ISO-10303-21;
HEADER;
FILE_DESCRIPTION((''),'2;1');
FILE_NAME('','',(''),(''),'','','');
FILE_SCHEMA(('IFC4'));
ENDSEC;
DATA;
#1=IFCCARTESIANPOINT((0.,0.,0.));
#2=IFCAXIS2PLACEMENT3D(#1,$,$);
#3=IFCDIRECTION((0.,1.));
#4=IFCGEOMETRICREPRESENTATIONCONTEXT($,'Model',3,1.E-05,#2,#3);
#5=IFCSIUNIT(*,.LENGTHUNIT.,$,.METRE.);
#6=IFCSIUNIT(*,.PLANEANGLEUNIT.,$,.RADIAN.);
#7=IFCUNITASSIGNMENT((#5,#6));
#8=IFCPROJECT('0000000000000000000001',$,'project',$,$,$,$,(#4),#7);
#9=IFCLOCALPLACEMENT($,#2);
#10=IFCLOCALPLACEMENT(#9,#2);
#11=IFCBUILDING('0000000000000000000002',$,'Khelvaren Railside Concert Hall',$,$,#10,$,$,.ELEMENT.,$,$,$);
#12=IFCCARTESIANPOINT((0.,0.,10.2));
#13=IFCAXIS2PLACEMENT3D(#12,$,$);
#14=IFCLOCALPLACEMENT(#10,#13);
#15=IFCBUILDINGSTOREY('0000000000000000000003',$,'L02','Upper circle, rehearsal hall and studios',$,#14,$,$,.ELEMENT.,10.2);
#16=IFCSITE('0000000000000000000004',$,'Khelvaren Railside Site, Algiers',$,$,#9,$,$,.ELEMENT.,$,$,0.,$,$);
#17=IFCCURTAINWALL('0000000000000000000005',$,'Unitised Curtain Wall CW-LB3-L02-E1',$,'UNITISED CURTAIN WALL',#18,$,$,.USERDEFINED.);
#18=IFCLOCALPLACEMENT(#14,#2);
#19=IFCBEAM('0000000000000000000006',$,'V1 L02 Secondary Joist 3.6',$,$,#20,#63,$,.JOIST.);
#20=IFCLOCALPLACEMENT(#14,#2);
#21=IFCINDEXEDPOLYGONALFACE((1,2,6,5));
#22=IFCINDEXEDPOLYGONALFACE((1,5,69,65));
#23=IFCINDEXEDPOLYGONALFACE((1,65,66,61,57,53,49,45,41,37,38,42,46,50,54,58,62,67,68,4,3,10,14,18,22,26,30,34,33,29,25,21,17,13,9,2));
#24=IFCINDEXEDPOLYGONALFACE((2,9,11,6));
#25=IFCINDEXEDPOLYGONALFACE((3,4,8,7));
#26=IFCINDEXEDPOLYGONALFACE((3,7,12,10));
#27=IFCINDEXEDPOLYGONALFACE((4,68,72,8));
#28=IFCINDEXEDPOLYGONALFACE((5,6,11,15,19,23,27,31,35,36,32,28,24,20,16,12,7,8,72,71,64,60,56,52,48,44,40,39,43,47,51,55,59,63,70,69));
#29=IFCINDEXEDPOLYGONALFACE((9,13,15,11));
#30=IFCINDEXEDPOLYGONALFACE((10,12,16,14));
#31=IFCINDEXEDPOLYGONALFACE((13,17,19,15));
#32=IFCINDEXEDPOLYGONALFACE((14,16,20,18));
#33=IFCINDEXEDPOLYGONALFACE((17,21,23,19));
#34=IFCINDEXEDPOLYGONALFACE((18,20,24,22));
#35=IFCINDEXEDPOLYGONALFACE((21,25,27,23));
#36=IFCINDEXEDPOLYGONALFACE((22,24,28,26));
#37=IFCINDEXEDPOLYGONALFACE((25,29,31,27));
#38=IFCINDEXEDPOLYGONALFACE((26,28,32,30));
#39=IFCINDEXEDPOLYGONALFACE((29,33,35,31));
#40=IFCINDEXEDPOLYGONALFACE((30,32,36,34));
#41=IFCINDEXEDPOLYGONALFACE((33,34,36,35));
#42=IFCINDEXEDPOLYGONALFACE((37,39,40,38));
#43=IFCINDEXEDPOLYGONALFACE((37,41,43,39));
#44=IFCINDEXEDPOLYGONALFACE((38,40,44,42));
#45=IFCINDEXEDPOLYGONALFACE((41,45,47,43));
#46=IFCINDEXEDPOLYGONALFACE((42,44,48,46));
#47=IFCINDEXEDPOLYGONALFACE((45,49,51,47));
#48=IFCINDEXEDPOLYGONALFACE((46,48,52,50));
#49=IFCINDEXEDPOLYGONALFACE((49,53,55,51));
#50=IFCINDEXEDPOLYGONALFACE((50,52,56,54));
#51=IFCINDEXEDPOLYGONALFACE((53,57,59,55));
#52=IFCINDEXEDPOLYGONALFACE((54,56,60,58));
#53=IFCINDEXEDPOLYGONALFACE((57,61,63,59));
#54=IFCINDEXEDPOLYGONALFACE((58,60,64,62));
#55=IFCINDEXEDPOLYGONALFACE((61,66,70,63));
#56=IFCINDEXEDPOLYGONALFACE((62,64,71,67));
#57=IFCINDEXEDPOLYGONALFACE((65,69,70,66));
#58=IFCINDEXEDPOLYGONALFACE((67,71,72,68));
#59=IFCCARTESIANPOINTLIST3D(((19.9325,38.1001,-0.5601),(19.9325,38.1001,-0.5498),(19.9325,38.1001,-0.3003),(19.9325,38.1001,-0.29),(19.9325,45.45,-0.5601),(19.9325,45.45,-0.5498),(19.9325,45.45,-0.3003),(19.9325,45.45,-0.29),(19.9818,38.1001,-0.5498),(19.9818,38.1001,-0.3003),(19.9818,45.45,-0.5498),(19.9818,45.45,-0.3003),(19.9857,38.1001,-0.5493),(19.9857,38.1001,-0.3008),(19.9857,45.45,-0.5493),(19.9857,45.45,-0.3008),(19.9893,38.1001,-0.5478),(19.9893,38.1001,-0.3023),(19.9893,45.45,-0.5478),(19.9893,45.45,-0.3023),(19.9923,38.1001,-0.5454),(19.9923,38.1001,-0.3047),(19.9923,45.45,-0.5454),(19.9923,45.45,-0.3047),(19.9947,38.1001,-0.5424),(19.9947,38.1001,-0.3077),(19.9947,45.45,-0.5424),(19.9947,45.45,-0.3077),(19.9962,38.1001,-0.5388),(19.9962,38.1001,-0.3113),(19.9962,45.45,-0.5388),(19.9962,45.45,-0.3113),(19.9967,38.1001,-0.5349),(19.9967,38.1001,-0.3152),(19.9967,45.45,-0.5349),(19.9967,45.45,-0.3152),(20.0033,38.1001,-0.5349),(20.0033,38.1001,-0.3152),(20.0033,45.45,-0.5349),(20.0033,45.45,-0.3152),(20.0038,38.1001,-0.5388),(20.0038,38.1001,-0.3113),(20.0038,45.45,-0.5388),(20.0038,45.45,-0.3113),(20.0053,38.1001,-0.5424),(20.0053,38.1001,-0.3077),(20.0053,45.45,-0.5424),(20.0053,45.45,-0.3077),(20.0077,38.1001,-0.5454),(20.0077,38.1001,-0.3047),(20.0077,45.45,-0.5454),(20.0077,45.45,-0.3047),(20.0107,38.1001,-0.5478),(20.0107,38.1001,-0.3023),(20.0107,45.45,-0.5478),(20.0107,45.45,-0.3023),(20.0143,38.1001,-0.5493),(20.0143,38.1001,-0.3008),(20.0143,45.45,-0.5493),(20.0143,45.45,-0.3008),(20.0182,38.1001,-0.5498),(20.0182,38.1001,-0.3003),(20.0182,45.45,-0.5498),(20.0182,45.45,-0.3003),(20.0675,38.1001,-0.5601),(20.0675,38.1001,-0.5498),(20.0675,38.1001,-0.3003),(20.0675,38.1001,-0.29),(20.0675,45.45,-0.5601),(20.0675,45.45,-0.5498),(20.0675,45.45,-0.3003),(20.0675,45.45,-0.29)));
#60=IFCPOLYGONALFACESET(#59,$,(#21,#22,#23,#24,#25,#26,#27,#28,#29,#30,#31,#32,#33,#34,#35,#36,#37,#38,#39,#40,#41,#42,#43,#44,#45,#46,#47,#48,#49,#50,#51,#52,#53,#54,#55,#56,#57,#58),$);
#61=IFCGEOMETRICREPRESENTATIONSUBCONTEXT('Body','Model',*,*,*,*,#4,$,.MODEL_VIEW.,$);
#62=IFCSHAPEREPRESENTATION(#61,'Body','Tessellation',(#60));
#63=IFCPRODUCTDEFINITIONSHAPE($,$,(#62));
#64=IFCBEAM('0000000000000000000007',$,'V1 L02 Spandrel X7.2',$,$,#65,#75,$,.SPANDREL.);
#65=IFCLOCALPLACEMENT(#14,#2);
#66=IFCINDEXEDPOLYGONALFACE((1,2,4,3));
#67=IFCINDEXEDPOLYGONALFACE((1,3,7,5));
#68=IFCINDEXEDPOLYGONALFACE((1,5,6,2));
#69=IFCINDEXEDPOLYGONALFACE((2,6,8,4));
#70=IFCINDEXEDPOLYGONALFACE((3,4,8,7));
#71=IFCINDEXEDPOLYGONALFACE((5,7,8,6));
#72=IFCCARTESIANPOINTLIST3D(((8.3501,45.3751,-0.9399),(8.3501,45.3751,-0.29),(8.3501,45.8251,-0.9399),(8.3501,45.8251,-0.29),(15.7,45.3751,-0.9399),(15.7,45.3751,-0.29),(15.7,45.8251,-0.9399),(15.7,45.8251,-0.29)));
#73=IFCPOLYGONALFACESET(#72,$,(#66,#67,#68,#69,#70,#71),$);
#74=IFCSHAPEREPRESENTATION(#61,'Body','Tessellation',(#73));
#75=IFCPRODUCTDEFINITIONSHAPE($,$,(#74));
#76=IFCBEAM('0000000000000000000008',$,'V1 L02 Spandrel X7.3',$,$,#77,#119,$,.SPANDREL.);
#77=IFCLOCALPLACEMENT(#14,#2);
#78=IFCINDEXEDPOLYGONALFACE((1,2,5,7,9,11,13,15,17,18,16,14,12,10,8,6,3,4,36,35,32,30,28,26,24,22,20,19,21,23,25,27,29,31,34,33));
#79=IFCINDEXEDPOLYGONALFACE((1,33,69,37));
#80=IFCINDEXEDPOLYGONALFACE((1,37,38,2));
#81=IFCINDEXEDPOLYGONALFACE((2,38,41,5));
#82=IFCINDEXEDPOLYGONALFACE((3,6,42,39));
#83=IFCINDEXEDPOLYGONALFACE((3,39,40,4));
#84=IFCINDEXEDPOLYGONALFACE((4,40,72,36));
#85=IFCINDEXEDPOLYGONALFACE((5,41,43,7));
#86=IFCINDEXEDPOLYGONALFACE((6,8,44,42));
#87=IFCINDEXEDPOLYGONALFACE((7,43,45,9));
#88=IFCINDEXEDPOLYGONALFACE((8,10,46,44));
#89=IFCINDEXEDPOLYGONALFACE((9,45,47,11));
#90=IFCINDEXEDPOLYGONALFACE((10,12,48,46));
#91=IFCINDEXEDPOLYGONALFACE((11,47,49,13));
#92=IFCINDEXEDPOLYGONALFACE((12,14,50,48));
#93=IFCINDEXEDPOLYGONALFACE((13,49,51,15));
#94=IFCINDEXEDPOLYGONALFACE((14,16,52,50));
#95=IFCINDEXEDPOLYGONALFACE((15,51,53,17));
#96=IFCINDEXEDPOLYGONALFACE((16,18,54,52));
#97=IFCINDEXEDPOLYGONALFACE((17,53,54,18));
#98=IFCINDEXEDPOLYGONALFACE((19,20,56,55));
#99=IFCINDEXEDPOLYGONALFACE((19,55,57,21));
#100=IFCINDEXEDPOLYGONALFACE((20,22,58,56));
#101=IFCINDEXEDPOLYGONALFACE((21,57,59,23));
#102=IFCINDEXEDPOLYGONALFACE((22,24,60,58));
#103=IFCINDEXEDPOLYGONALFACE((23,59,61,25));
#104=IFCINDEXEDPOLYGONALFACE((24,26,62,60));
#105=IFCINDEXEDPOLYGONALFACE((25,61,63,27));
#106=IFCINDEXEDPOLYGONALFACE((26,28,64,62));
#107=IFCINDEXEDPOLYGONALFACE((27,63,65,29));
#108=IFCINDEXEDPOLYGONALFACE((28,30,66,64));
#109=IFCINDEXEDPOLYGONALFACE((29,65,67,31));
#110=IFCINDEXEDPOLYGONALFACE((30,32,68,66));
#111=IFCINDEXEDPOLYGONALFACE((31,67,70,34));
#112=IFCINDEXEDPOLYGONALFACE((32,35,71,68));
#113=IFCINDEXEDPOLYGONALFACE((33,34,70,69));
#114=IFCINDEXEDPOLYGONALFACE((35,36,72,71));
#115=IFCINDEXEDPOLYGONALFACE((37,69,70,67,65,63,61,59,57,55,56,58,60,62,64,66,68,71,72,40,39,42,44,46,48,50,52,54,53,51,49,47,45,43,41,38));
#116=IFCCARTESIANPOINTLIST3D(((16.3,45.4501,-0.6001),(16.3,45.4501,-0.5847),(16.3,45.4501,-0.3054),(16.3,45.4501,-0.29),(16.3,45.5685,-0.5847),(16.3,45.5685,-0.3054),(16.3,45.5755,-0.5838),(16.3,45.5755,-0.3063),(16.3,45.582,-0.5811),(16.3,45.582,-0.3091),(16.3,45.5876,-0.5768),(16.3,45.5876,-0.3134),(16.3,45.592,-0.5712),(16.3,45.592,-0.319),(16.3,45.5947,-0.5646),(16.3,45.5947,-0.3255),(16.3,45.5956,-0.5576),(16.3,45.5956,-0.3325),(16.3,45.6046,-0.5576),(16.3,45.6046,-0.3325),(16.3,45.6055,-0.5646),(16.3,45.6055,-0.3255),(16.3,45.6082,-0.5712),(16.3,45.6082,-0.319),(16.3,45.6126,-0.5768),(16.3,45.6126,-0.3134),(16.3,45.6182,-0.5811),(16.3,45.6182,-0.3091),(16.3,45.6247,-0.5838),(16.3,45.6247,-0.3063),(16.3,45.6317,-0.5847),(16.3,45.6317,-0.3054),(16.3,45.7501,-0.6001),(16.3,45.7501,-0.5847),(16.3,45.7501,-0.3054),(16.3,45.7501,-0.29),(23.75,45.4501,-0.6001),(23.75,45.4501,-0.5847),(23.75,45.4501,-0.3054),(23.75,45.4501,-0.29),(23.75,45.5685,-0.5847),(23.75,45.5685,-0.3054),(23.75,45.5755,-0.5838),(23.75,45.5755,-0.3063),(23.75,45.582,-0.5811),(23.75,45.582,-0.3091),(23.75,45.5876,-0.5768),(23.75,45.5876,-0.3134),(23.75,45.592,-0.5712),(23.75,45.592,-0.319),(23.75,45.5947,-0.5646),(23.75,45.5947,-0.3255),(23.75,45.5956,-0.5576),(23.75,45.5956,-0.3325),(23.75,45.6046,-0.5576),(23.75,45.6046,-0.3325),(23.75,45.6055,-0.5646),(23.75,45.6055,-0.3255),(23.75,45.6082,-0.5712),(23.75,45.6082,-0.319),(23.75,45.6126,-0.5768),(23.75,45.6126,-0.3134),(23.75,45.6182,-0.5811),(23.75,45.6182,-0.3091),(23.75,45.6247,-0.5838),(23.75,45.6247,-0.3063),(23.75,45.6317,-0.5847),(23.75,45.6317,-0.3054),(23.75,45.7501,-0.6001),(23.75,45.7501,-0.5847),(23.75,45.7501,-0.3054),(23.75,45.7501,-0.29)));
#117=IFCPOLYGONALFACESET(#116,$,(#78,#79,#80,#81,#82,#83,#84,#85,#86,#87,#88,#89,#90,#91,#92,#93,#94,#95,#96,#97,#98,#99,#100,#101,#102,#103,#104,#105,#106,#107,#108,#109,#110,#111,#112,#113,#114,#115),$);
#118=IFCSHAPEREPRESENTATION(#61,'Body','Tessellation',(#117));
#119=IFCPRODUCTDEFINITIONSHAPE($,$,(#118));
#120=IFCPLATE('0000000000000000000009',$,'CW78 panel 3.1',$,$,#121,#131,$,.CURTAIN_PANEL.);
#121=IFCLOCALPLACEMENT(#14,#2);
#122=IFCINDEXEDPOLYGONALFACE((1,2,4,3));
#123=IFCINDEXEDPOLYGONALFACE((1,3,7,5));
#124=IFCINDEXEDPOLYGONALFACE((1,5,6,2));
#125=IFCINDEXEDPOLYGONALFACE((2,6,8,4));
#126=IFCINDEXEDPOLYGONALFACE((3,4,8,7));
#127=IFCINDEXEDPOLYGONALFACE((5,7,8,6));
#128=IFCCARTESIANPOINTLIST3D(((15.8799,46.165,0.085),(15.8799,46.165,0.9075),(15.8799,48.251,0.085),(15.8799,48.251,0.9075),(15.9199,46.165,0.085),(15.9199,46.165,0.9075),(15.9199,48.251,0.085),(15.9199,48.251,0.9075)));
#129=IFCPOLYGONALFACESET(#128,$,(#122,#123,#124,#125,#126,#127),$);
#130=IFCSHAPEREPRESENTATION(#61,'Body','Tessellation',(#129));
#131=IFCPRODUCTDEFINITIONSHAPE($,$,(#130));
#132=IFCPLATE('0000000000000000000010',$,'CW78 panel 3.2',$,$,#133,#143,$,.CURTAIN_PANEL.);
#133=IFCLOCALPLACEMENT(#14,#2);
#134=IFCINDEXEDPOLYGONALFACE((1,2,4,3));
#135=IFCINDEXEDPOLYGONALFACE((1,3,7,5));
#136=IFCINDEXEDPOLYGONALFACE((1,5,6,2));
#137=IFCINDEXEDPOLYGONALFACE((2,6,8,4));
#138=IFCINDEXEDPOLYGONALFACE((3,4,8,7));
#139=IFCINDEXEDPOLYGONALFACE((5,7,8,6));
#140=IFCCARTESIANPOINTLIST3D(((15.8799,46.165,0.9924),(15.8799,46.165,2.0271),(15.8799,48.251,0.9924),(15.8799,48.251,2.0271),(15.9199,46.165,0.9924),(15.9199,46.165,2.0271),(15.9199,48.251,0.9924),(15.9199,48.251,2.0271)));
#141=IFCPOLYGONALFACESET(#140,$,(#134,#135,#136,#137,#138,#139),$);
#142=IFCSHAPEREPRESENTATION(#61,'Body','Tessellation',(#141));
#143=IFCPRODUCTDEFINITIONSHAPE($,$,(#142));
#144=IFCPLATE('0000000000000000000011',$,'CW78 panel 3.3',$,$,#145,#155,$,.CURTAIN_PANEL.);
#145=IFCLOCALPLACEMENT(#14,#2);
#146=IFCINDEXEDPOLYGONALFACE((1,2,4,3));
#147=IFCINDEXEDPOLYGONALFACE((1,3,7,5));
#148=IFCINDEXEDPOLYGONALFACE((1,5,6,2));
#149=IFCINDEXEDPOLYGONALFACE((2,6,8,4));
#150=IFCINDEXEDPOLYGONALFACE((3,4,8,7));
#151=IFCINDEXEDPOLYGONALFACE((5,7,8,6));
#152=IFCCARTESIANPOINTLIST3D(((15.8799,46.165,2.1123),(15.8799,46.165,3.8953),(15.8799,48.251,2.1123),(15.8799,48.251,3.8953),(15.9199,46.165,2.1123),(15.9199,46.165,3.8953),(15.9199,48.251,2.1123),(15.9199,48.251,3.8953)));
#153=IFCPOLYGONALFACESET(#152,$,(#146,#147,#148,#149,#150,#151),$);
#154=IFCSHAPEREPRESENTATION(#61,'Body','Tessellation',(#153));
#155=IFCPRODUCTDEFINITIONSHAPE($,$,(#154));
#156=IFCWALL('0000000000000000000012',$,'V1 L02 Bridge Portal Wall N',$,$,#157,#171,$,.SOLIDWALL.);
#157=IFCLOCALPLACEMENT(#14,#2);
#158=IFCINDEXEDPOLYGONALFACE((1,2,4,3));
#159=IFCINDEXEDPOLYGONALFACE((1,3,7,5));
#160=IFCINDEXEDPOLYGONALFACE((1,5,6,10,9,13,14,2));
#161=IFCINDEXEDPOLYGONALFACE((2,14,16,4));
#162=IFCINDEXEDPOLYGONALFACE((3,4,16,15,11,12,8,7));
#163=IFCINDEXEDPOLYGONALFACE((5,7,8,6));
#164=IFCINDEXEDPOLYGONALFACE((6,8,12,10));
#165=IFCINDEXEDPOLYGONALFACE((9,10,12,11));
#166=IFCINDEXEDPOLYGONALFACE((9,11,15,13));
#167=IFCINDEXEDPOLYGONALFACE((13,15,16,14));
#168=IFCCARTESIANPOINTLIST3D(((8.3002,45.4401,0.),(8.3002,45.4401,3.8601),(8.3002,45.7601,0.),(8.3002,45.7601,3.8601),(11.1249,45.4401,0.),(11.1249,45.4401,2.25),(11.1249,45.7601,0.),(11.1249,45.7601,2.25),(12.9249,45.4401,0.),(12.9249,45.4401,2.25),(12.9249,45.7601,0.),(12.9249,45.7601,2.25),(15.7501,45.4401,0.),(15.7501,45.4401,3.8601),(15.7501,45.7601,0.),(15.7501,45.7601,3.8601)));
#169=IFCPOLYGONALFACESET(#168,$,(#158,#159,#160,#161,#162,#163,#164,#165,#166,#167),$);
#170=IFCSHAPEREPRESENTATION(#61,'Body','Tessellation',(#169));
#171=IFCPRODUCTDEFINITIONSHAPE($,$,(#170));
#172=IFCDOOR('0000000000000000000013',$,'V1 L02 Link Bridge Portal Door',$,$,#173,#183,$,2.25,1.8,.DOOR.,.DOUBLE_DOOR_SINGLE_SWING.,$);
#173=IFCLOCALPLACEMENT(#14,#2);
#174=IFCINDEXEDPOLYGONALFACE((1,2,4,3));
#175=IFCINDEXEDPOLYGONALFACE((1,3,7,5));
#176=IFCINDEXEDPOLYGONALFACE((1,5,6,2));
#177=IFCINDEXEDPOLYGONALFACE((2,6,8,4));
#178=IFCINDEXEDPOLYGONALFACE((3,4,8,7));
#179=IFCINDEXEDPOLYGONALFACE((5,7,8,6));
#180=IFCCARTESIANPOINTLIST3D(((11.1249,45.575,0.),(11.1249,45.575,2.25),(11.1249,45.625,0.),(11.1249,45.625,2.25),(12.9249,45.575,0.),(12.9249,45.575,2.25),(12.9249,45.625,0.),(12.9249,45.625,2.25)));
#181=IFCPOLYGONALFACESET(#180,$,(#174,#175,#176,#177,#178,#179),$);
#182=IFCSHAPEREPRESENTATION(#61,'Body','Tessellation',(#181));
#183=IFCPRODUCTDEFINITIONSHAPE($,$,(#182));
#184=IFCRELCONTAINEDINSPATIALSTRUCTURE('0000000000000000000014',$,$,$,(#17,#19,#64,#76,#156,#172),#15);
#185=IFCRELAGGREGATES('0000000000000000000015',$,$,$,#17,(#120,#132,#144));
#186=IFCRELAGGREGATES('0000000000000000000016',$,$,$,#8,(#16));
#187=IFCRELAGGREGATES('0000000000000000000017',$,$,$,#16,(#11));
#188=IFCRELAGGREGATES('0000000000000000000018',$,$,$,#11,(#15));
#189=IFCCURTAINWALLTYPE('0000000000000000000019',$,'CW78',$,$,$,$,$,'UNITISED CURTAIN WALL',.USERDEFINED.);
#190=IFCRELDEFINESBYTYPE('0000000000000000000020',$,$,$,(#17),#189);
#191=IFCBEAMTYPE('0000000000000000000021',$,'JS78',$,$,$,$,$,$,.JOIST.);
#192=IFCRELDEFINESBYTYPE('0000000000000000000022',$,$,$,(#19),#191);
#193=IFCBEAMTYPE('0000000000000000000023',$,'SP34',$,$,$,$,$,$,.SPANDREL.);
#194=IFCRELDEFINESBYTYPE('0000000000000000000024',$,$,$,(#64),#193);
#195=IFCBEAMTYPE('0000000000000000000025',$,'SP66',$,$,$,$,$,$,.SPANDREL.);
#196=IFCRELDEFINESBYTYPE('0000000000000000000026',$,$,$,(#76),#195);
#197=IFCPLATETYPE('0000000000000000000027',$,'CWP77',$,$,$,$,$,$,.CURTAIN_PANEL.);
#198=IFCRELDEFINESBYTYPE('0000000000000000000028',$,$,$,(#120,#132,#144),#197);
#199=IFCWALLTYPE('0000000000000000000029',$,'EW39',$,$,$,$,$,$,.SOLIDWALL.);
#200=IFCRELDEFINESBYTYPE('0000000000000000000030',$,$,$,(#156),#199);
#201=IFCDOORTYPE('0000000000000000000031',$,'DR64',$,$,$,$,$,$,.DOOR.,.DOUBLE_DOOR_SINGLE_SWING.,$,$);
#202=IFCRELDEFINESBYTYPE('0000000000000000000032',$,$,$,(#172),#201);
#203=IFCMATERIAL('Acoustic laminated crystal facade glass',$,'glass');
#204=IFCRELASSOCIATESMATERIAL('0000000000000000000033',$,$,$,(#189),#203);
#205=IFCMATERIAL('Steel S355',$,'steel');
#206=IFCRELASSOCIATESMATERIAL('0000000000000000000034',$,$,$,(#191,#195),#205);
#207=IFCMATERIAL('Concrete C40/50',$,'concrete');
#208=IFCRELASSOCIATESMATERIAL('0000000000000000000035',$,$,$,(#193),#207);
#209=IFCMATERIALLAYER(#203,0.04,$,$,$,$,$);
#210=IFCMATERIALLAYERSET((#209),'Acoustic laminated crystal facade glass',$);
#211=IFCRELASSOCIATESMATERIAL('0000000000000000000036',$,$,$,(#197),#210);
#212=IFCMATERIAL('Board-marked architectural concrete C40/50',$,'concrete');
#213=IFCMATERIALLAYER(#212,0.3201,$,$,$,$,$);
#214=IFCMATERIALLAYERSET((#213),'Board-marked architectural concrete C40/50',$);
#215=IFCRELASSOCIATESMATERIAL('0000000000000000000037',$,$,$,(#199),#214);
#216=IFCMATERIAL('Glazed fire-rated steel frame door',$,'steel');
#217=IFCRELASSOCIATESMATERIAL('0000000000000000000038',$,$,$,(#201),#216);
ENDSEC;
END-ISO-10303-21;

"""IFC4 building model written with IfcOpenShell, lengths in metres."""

from ifc_helpers import new_model, si_unit, direction, frame, frame_2d, origin, origin_2d, place, context, subcontext, project, spatial, rectangle, i_section, extrude, material, layer, layer_set, material_profile, profile_set, type_object, element, fill, aggregate, save


model = new_model("IFC4")

# Units and contexts
model_context = context("Model", 3, precision=1e-05, world=origin(), true_north=direction((0.0, 1.0)))
body_context = subcontext(model_context, "Body", "Model", "MODEL_VIEW")
ifc_project = project(units=[si_unit("LENGTHUNIT", "METRE"), si_unit("PLANEANGLEUNIT", "RADIAN")], contexts=[model_context])

# Site, building, storey
site_placement = place(None, origin())
site = spatial("IfcSite", under=ifc_project, at=site_placement, Name="Khelvaren Railside Site, Algiers", CompositionType="ELEMENT", RefElevation=0.0)
building_placement = place(site_placement, origin())
building = spatial("IfcBuilding", under=site, at=building_placement, Name="Khelvaren Railside Concert Hall", CompositionType="ELEMENT")
storey_placement = place(building_placement, frame((0.0, 0.0, 10.2)))
storey = spatial("IfcBuildingStorey", under=building, at=storey_placement, Name="L02", Description="Upper circle, rehearsal hall and studios", CompositionType="ELEMENT", Elevation=10.2)

# Shared definitions
ifc_material_1 = material(Name="Steel S355", Category="steel")

# Curtain wall
ifc_material_2 = material(Name="Acoustic laminated crystal facade glass", Category="glass")
curtain_wall_type = type_object("IfcCurtainWallType", Name="CW78", ElementType="UNITISED CURTAIN WALL", PredefinedType="USERDEFINED", material=ifc_material_2)
curtain_wall_placement = place(storey_placement, origin())
curtain_wall = element("IfcCurtainWall", 1, at=curtain_wall_placement, inside=storey, type_object=curtain_wall_type, Name="Unitised Curtain Wall CW-LB3-L02-E1", ObjectType="UNITISED CURTAIN WALL", PredefinedType="USERDEFINED")

# Beams
ifc_material_3 = material(Name="Concrete C40/50", Category="concrete")
ifc_material_profile_1 = material_profile(ifc_material_1, i_section(OverallWidth=0.135, OverallDepth=0.27, WebThickness=0.0066, FlangeThickness=0.0103, FilletRadius=0.0149, at=origin_2d()), Name="IPE 270")
ifc_profile_set_1 = profile_set([ifc_material_profile_1], Name="Steel S355")
beam_type_1 = type_object("IfcBeamType", Name="JS78", PredefinedType="JOIST", material=ifc_profile_set_1)
beam_1_placement = place(storey_placement, frame((20.0, 38.1001, -0.425), z_axis=(0.0, 1.0, 0.0), x_axis=(-1.0, 0.0, 0.0)))
element("IfcBeam", 2, at=beam_1_placement, inside=storey, type_object=beam_type_1, Name="V1 L02 Secondary Joist 3.6", PredefinedType="JOIST", context=body_context, shape_type="SweptSolid", body=[
    extrude(i_section(OverallWidth=0.135, OverallDepth=0.27, WebThickness=0.0066, FlangeThickness=0.0103, FilletRadius=0.0149, at=origin_2d()), origin(), (0.0, 0.0, 1.0), 7.3499),
])
ifc_material_profile_2 = material_profile(ifc_material_3, rectangle(XDim=0.45, YDim=0.6499, at=origin_2d()), Name="RCB 450x650")
ifc_profile_set_2 = profile_set([ifc_material_profile_2], Name="Concrete C40/50")
beam_type_2 = type_object("IfcBeamType", Name="SP34", PredefinedType="SPANDREL", material=ifc_profile_set_2)
beam_2_placement = place(storey_placement, frame((8.3501, 45.6001, -0.615), z_axis=(1.0, 0.0, 0.0), x_axis=(0.0, 1.0, 0.0)))
element("IfcBeam", 3, at=beam_2_placement, inside=storey, type_object=beam_type_2, Name="V1 L02 Spandrel X7.2", PredefinedType="SPANDREL", context=body_context, shape_type="SweptSolid", body=[
    extrude(rectangle(XDim=0.45, YDim=0.6499, at=origin_2d()), origin(), (0.0, 0.0, 1.0), 7.3499),
])
ifc_material_profile_3 = material_profile(ifc_material_1, i_section(OverallWidth=0.3, OverallDepth=0.3101, WebThickness=0.009, FlangeThickness=0.0154, FilletRadius=0.0271, at=origin_2d()), Name="HEA 320")
ifc_profile_set_3 = profile_set([ifc_material_profile_3], Name="Steel S355")
beam_type_3 = type_object("IfcBeamType", Name="SP66", PredefinedType="SPANDREL", material=ifc_profile_set_3)
beam_3_placement = place(storey_placement, frame((16.3, 45.6001, -0.4451), z_axis=(1.0, 0.0, 0.0), x_axis=(0.0, 1.0, 0.0)))
element("IfcBeam", 4, at=beam_3_placement, inside=storey, type_object=beam_type_3, Name="V1 L02 Spandrel X7.3", PredefinedType="SPANDREL", context=body_context, shape_type="SweptSolid", body=[
    extrude(i_section(OverallWidth=0.3, OverallDepth=0.3101, WebThickness=0.009, FlangeThickness=0.0154, FilletRadius=0.0271, at=origin_2d()), origin(), (0.0, 0.0, 1.0), 7.45),
])

# Plates
ifc_layer_1 = layer(ifc_material_2, 0.04)
ifc_layer_set_1 = layer_set([ifc_layer_1], Name="Acoustic laminated crystal facade glass")
plate_type = type_object("IfcPlateType", Name="CWP77", PredefinedType="CURTAIN_PANEL", material=ifc_layer_set_1)
plate_1_placement = place(storey_placement, frame((15.8999, 47.208, 0.085), z_axis=(0.0, 0.0, 1.0), x_axis=(0.0, -1.0, 0.0)))
plate_1 = element("IfcPlate", 5, at=plate_1_placement, type_object=plate_type, Name="CW78 panel 3.1", PredefinedType="CURTAIN_PANEL", context=body_context, shape_type="SweptSolid", body=[
    extrude(rectangle(XDim=2.0859, YDim=0.04, at=origin_2d()), origin(), (0.0, 0.0, 1.0), 0.8225),
])
plate_2_placement = place(storey_placement, frame((15.8999, 47.208, 0.9924), z_axis=(0.0, 0.0, 1.0), x_axis=(0.0, -1.0, 0.0)))
plate_2 = element("IfcPlate", 6, at=plate_2_placement, type_object=plate_type, Name="CW78 panel 3.2", PredefinedType="CURTAIN_PANEL", context=body_context, shape_type="SweptSolid", body=[
    extrude(rectangle(XDim=2.0859, YDim=0.04, at=origin_2d()), origin(), (0.0, 0.0, 1.0), 1.0347),
])
plate_3_placement = place(storey_placement, frame((15.8999, 47.208, 2.1123), z_axis=(0.0, 0.0, 1.0), x_axis=(0.0, -1.0, 0.0)))
plate_3 = element("IfcPlate", 7, at=plate_3_placement, type_object=plate_type, Name="CW78 panel 3.3", PredefinedType="CURTAIN_PANEL", context=body_context, shape_type="SweptSolid", body=[
    extrude(rectangle(XDim=2.0859, YDim=0.04, at=origin_2d()), origin(), (0.0, 0.0, 1.0), 1.783),
])
aggregate(curtain_wall, [plate_1, plate_2, plate_3])

# Wall, opening, door
ifc_material_4 = material(Name="Board-marked architectural concrete C40/50", Category="concrete")
ifc_layer_2 = layer(ifc_material_4, 0.3201)
ifc_layer_set_2 = layer_set([ifc_layer_2], Name="Board-marked architectural concrete C40/50")
wall_type_1 = type_object("IfcWallType", Name="EW39", PredefinedType="SOLIDWALL", material=ifc_layer_set_2)
wall_1_placement = place(storey_placement, frame((8.3, 45.6001, 0.0), z_axis=(0.0, 0.0, 1.0), x_axis=(1.0, 0.0, 0.0)))
wall_1 = element("IfcWall", 8, at=wall_1_placement, inside=storey, type_object=wall_type_1, Name="V1 L02 Bridge Portal Wall N", PredefinedType="SOLIDWALL", context=body_context, shape_type="SweptSolid", body=[
    extrude(rectangle(XDim=7.45, YDim=0.3201, at=frame_2d((3.7251, 0.0))), origin(), (0.0, 0.0, 1.0), 3.8601),
])
opening_1_placement = place(wall_1_placement, frame((2.825, 0.0, 0.0)))
opening_1 = element("IfcOpeningElement", 9, at=opening_1_placement, cuts=wall_1, PredefinedType="OPENING", context=body_context, shape_type="SweptSolid", body=[
    extrude(rectangle(XDim=1.8, YDim=2.25, at=frame_2d((0.8999, 1.125))), frame((0.0, 0.1699, 0.0), z_axis=(0.0, -1.0, 0.0), x_axis=(1.0, 0.0, 0.0)), (0.0, 0.0, 1.0), 0.3401),
])
ifc_material_5 = material(Name="Glazed fire-rated steel frame door", Category="steel")
door_type_1 = type_object("IfcDoorType", Name="DR64", OperationType="DOUBLE_DOOR_SINGLE_SWING", PredefinedType="DOOR", material=ifc_material_5)
door_1_placement = place(opening_1_placement, origin())
door_1 = element("IfcDoor", 10, at=door_1_placement, inside=storey, type_object=door_type_1, Name="V1 L02 Link Bridge Portal Door", OperationType="DOUBLE_DOOR_SINGLE_SWING", OverallHeight=2.25, OverallWidth=1.8, PredefinedType="DOOR", context=body_context, shape_type="SweptSolid", body=[
    extrude(rectangle(XDim=1.8, YDim=2.25, at=frame_2d((0.8999, 1.125))), frame((0.0, 0.0249, 0.0), z_axis=(0.0, -1.0, 0.0), x_axis=(1.0, 0.0, 0.0)), (0.0, 0.0, 1.0), 0.05),
])
fill(opening_1, door_1)

save(model, "model.ifc")
